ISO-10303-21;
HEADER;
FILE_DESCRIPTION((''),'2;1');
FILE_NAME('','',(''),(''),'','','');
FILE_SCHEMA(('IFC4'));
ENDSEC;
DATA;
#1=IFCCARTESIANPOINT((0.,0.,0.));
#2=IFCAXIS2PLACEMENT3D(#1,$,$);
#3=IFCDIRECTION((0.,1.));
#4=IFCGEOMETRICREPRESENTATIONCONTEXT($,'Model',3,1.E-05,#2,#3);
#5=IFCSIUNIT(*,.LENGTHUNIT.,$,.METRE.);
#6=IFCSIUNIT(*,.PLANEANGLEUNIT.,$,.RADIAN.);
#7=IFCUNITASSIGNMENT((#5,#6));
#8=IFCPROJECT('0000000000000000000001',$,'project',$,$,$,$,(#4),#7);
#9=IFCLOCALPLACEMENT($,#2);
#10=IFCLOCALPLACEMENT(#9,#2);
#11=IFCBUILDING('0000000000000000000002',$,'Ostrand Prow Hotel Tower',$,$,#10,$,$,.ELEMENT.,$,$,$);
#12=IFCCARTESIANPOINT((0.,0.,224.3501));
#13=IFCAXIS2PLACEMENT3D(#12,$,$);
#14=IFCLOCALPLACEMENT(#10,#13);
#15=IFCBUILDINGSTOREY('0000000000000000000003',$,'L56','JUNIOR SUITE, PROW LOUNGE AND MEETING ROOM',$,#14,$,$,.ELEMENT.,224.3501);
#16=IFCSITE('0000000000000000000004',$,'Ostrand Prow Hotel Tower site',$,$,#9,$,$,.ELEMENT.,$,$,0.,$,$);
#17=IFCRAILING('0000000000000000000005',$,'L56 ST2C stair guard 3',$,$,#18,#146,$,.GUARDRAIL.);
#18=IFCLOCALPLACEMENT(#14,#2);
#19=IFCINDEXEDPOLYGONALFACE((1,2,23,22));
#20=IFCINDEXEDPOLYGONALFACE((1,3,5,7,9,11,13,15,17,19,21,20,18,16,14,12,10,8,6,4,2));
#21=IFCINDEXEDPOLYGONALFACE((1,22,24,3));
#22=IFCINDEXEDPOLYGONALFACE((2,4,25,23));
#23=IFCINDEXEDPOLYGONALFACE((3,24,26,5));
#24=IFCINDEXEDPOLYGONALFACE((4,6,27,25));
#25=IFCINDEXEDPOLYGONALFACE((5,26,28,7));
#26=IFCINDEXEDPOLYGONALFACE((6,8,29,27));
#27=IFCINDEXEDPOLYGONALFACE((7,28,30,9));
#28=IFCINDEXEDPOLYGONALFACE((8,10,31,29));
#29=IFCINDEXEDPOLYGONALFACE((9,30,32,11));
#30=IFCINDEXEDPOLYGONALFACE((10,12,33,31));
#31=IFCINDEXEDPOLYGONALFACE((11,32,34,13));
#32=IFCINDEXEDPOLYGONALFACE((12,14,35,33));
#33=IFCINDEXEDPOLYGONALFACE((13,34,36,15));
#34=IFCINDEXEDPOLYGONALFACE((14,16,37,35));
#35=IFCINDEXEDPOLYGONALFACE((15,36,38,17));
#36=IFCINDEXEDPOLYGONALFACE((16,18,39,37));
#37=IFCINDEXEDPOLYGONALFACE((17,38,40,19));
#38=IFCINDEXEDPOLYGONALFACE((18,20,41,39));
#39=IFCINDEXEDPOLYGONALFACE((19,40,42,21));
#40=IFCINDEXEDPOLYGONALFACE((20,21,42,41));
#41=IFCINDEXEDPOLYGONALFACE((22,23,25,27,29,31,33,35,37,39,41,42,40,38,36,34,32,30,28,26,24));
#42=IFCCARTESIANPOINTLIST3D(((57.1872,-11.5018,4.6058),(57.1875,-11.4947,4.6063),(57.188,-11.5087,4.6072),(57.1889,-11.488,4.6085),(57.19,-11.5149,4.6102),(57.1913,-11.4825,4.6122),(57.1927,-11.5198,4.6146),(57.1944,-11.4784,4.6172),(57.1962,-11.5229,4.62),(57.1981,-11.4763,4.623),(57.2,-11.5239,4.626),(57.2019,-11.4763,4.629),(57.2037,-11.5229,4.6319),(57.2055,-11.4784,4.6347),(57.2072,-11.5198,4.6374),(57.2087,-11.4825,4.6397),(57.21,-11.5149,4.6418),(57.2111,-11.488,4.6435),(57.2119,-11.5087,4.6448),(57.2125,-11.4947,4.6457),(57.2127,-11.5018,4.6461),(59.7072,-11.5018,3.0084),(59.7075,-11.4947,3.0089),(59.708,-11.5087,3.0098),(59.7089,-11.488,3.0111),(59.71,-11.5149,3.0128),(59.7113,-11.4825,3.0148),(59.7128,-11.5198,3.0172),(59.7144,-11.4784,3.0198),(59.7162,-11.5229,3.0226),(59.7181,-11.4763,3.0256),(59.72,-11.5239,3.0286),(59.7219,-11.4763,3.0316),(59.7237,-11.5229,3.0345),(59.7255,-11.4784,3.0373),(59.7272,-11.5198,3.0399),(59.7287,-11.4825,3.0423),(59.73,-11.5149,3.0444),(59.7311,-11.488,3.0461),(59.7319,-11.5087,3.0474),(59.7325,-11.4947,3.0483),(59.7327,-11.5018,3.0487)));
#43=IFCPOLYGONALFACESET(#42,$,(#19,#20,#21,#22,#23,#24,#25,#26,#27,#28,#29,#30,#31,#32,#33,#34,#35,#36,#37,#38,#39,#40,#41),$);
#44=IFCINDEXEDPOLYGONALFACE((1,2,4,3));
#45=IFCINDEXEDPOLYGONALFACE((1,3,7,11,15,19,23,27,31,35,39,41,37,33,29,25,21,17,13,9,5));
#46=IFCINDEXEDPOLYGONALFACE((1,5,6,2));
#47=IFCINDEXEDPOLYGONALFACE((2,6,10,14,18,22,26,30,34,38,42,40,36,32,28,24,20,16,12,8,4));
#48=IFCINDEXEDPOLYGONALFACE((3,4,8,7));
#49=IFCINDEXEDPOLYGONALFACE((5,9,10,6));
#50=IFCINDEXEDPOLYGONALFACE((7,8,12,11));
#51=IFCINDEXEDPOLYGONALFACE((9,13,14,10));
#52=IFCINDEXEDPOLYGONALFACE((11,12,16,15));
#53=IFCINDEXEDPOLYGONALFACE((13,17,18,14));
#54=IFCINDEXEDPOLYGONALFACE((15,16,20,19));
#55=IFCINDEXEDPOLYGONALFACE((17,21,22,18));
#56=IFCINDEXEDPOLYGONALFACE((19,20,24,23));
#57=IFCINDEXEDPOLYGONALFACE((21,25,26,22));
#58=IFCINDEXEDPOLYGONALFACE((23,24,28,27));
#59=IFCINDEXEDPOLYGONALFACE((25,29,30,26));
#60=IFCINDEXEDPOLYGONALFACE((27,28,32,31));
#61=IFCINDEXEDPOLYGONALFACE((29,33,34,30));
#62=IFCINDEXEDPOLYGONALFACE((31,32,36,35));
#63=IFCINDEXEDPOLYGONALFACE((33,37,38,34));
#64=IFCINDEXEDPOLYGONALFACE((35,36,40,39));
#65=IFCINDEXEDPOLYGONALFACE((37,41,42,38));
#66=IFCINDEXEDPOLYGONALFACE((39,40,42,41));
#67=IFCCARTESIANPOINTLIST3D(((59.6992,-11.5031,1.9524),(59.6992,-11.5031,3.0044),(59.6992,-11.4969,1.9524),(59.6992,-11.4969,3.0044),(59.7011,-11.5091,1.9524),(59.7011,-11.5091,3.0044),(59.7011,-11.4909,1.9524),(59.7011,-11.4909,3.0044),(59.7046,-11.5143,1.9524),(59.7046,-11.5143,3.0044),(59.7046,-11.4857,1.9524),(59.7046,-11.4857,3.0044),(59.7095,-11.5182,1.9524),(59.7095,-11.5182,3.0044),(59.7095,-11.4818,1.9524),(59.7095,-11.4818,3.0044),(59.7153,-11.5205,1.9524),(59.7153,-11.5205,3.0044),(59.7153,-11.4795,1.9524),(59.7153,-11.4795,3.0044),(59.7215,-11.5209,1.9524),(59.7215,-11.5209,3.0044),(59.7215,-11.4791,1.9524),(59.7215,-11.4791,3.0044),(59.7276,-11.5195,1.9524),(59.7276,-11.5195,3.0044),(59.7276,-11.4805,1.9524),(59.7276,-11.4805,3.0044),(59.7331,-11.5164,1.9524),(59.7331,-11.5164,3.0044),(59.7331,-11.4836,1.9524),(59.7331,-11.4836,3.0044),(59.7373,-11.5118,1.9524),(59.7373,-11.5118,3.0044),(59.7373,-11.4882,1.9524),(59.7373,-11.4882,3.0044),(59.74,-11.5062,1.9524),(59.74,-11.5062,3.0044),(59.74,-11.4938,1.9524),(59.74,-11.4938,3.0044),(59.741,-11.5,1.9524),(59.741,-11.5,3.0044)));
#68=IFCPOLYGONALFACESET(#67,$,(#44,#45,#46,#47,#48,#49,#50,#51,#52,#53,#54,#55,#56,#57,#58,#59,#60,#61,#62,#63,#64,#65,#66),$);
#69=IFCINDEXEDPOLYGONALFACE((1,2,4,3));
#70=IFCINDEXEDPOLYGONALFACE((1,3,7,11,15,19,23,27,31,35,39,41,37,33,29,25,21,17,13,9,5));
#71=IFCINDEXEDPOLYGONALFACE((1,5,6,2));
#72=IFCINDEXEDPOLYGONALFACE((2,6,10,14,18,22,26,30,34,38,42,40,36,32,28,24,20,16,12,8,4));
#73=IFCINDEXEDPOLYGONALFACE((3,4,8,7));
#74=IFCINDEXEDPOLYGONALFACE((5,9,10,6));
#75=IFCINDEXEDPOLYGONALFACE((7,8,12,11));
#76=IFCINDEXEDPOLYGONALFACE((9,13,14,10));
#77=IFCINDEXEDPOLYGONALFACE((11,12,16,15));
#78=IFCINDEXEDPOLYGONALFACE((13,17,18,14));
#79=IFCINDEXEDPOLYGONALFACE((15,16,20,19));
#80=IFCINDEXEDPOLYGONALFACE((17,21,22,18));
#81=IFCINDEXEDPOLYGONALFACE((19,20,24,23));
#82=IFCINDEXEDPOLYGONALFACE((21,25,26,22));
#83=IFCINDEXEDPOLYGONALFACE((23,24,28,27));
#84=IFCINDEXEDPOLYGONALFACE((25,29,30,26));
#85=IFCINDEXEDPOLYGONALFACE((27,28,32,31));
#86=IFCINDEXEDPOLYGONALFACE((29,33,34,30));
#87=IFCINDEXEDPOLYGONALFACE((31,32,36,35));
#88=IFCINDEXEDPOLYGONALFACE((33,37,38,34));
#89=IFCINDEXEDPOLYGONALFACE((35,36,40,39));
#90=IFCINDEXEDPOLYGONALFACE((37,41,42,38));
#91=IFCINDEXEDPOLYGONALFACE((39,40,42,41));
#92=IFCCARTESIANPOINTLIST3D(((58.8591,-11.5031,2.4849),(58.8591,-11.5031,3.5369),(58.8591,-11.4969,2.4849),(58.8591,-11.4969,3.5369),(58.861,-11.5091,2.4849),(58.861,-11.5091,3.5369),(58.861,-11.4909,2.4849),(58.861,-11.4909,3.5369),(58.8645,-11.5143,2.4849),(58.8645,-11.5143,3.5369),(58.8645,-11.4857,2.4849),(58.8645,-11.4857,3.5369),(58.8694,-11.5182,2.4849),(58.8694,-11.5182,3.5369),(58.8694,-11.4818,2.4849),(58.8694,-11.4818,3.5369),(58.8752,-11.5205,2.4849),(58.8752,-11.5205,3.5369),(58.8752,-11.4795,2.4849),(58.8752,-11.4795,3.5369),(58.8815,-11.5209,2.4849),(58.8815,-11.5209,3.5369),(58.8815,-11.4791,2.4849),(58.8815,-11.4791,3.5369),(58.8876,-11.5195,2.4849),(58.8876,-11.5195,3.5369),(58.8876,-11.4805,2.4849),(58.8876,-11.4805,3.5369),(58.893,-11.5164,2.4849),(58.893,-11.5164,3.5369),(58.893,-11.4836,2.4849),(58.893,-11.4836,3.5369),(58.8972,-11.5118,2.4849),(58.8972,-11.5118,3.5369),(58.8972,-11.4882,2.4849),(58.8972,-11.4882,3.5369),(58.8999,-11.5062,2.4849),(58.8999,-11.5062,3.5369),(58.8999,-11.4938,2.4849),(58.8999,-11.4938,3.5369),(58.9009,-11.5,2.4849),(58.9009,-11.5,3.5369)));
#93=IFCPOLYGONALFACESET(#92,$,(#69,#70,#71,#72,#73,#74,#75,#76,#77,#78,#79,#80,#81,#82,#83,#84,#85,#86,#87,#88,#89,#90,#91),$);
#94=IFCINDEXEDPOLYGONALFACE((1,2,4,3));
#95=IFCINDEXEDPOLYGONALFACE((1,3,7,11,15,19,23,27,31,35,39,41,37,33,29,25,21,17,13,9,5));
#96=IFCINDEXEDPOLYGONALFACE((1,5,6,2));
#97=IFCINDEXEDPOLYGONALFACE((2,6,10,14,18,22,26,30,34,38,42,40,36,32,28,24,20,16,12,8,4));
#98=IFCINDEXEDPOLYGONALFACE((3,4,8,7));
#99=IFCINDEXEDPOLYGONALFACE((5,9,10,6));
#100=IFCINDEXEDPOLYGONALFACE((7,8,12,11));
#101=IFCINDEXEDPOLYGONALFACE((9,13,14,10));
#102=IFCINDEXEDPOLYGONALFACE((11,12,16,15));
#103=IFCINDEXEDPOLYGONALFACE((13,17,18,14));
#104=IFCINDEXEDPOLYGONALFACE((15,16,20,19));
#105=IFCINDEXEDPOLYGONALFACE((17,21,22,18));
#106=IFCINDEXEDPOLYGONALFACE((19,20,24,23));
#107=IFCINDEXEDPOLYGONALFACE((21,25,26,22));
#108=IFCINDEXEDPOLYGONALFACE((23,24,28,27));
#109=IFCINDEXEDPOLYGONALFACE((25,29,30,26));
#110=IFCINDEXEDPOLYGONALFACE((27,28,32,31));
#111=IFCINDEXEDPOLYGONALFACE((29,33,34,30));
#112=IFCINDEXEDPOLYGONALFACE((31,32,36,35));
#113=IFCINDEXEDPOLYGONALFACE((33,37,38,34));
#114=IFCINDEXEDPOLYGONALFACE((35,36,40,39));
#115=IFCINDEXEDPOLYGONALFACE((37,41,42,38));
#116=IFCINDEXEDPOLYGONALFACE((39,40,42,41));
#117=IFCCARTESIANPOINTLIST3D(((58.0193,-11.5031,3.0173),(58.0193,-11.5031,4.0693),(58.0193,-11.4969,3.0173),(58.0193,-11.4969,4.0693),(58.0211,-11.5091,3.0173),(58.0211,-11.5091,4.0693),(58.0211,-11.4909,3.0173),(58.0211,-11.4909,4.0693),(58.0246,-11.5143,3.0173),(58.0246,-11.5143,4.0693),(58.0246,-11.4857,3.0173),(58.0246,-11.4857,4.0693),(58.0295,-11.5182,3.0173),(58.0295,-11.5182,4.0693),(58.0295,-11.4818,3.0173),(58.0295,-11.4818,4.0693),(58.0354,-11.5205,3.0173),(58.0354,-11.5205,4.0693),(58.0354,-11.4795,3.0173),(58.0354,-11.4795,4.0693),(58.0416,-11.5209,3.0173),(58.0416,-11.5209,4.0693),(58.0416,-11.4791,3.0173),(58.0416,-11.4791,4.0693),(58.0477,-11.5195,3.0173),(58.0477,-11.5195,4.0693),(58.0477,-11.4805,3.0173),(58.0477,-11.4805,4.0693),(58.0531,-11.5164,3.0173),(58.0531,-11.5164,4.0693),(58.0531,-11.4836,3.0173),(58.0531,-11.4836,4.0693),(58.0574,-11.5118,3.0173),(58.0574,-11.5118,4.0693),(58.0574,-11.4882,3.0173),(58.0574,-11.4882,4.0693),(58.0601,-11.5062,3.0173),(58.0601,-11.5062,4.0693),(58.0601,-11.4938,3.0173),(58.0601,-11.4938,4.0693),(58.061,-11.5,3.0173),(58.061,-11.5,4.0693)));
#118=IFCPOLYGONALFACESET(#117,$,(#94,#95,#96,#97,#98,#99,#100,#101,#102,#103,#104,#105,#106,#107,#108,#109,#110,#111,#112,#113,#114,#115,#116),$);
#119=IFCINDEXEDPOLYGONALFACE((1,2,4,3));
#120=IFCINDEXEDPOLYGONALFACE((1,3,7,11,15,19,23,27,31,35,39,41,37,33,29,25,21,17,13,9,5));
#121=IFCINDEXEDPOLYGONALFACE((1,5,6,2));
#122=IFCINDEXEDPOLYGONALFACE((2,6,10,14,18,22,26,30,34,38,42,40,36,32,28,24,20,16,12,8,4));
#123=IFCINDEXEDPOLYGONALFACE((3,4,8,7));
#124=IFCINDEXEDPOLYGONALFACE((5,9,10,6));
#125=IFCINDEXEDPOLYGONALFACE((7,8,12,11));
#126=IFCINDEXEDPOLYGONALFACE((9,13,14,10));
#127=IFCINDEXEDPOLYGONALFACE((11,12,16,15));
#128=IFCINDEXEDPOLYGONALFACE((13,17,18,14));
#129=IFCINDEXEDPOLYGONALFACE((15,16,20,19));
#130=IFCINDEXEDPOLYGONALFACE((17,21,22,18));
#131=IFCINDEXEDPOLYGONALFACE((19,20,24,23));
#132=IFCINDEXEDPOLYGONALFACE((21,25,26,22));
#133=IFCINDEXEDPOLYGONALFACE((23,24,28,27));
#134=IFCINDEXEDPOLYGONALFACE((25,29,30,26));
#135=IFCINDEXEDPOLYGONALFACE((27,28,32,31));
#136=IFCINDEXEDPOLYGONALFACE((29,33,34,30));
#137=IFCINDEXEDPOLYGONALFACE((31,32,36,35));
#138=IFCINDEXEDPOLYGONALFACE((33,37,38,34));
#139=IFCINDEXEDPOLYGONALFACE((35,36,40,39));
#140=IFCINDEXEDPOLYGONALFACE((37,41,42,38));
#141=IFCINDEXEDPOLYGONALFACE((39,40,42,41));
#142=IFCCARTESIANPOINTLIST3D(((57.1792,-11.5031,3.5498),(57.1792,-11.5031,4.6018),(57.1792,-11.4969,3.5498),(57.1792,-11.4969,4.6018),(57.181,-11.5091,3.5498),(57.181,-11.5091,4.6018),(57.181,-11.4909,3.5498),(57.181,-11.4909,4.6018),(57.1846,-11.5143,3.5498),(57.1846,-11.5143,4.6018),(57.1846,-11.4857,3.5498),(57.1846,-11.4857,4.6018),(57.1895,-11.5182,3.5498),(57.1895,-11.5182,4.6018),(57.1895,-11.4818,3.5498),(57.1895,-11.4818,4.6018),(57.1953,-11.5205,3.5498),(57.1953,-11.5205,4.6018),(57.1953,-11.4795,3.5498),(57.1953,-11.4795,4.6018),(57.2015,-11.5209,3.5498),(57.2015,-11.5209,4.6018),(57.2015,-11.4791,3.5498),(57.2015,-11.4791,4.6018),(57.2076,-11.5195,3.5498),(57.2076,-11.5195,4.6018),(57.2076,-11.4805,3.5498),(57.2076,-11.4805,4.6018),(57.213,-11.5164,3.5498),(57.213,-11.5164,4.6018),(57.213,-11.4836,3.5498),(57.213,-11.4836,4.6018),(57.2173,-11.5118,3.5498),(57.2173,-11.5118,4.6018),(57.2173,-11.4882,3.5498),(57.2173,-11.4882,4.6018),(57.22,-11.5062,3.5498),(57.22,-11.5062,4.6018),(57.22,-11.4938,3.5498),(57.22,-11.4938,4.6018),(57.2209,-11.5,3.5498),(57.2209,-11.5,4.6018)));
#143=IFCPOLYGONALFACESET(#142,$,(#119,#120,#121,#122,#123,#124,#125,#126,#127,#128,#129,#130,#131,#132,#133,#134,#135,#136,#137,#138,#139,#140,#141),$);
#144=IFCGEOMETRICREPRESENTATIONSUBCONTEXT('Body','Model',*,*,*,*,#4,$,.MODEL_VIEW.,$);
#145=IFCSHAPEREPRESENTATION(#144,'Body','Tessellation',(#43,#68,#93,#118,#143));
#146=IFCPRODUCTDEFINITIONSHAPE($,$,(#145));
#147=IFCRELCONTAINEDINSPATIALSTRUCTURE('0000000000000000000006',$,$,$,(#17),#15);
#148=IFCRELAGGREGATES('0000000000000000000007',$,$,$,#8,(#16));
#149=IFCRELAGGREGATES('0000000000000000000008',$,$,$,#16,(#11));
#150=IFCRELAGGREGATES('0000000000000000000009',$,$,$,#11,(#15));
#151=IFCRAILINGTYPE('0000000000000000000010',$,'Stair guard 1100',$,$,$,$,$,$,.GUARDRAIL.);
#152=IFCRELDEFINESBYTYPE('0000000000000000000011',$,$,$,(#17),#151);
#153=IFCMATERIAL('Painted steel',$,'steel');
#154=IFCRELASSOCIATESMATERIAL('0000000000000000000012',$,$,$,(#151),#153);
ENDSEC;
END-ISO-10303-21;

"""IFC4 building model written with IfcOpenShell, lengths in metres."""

from ifc_helpers import new_model, si_unit, direction, frame, origin, origin_2d, place, context, subcontext, project, spatial, circle, extrude, material, type_object, element, save


model = new_model("IFC4")

# Units and contexts
model_context = context("Model", 3, precision=1e-05, world=origin(), true_north=direction((0.0, 1.0)))
body_context = subcontext(model_context, "Body", "Model", "MODEL_VIEW")
ifc_project = project(units=[si_unit("LENGTHUNIT", "METRE"), si_unit("PLANEANGLEUNIT", "RADIAN")], contexts=[model_context])

# Site, building, storey
site_placement = place(None, origin())
site = spatial("IfcSite", under=ifc_project, at=site_placement, Name="Ostrand Prow Hotel Tower site", CompositionType="ELEMENT", RefElevation=0.0)
building_placement = place(site_placement, origin())
building = spatial("IfcBuilding", under=site, at=building_placement, Name="Ostrand Prow Hotel Tower", CompositionType="ELEMENT")
storey_placement = place(building_placement, frame((0.0, 0.0, 224.3501)))
storey = spatial("IfcBuildingStorey", under=building, at=storey_placement, Name="L56", Description="JUNIOR SUITE, PROW LOUNGE AND MEETING ROOM", CompositionType="ELEMENT", Elevation=224.3501)

# Railing
ifc_material_1 = material(Name="Painted steel", Category="steel")
railing_type_1 = type_object("IfcRailingType", Name="Stair guard 1100", PredefinedType="GUARDRAIL", material=ifc_material_1)
railing_1_placement = place(storey_placement, frame((59.72, -11.5, 1.9524)))
element("IfcRailing", 1, at=railing_1_placement, inside=storey, type_object=railing_type_1, Name="L56 ST2C stair guard 3", PredefinedType="GUARDRAIL", context=body_context, shape_type="SweptSolid", body=[
    extrude(circle(Radius=0.0239, at=origin_2d()), frame((0.0, 0.0, 1.0762), z_axis=(-0.844607, 0.0, 0.535387), x_axis=(0.0, -1.0, 0.0)), (0.0, 0.0, 1.0), 2.9836),
    extrude(circle(Radius=0.021, at=origin_2d()), origin(), (0.0, 0.0, 1.0), 1.052),
    extrude(circle(Radius=0.021, at=origin_2d()), frame((-0.8401, 0.0, 0.5325)), (0.0, 0.0, 1.0), 1.052),
    extrude(circle(Radius=0.021, at=origin_2d()), frame((-1.6799, 0.0, 1.0649)), (0.0, 0.0, 1.0), 1.052),
    extrude(circle(Radius=0.021, at=origin_2d()), frame((-2.52, 0.0, 1.5974)), (0.0, 0.0, 1.0), 1.052),
])

save(model, "model.ifc")
